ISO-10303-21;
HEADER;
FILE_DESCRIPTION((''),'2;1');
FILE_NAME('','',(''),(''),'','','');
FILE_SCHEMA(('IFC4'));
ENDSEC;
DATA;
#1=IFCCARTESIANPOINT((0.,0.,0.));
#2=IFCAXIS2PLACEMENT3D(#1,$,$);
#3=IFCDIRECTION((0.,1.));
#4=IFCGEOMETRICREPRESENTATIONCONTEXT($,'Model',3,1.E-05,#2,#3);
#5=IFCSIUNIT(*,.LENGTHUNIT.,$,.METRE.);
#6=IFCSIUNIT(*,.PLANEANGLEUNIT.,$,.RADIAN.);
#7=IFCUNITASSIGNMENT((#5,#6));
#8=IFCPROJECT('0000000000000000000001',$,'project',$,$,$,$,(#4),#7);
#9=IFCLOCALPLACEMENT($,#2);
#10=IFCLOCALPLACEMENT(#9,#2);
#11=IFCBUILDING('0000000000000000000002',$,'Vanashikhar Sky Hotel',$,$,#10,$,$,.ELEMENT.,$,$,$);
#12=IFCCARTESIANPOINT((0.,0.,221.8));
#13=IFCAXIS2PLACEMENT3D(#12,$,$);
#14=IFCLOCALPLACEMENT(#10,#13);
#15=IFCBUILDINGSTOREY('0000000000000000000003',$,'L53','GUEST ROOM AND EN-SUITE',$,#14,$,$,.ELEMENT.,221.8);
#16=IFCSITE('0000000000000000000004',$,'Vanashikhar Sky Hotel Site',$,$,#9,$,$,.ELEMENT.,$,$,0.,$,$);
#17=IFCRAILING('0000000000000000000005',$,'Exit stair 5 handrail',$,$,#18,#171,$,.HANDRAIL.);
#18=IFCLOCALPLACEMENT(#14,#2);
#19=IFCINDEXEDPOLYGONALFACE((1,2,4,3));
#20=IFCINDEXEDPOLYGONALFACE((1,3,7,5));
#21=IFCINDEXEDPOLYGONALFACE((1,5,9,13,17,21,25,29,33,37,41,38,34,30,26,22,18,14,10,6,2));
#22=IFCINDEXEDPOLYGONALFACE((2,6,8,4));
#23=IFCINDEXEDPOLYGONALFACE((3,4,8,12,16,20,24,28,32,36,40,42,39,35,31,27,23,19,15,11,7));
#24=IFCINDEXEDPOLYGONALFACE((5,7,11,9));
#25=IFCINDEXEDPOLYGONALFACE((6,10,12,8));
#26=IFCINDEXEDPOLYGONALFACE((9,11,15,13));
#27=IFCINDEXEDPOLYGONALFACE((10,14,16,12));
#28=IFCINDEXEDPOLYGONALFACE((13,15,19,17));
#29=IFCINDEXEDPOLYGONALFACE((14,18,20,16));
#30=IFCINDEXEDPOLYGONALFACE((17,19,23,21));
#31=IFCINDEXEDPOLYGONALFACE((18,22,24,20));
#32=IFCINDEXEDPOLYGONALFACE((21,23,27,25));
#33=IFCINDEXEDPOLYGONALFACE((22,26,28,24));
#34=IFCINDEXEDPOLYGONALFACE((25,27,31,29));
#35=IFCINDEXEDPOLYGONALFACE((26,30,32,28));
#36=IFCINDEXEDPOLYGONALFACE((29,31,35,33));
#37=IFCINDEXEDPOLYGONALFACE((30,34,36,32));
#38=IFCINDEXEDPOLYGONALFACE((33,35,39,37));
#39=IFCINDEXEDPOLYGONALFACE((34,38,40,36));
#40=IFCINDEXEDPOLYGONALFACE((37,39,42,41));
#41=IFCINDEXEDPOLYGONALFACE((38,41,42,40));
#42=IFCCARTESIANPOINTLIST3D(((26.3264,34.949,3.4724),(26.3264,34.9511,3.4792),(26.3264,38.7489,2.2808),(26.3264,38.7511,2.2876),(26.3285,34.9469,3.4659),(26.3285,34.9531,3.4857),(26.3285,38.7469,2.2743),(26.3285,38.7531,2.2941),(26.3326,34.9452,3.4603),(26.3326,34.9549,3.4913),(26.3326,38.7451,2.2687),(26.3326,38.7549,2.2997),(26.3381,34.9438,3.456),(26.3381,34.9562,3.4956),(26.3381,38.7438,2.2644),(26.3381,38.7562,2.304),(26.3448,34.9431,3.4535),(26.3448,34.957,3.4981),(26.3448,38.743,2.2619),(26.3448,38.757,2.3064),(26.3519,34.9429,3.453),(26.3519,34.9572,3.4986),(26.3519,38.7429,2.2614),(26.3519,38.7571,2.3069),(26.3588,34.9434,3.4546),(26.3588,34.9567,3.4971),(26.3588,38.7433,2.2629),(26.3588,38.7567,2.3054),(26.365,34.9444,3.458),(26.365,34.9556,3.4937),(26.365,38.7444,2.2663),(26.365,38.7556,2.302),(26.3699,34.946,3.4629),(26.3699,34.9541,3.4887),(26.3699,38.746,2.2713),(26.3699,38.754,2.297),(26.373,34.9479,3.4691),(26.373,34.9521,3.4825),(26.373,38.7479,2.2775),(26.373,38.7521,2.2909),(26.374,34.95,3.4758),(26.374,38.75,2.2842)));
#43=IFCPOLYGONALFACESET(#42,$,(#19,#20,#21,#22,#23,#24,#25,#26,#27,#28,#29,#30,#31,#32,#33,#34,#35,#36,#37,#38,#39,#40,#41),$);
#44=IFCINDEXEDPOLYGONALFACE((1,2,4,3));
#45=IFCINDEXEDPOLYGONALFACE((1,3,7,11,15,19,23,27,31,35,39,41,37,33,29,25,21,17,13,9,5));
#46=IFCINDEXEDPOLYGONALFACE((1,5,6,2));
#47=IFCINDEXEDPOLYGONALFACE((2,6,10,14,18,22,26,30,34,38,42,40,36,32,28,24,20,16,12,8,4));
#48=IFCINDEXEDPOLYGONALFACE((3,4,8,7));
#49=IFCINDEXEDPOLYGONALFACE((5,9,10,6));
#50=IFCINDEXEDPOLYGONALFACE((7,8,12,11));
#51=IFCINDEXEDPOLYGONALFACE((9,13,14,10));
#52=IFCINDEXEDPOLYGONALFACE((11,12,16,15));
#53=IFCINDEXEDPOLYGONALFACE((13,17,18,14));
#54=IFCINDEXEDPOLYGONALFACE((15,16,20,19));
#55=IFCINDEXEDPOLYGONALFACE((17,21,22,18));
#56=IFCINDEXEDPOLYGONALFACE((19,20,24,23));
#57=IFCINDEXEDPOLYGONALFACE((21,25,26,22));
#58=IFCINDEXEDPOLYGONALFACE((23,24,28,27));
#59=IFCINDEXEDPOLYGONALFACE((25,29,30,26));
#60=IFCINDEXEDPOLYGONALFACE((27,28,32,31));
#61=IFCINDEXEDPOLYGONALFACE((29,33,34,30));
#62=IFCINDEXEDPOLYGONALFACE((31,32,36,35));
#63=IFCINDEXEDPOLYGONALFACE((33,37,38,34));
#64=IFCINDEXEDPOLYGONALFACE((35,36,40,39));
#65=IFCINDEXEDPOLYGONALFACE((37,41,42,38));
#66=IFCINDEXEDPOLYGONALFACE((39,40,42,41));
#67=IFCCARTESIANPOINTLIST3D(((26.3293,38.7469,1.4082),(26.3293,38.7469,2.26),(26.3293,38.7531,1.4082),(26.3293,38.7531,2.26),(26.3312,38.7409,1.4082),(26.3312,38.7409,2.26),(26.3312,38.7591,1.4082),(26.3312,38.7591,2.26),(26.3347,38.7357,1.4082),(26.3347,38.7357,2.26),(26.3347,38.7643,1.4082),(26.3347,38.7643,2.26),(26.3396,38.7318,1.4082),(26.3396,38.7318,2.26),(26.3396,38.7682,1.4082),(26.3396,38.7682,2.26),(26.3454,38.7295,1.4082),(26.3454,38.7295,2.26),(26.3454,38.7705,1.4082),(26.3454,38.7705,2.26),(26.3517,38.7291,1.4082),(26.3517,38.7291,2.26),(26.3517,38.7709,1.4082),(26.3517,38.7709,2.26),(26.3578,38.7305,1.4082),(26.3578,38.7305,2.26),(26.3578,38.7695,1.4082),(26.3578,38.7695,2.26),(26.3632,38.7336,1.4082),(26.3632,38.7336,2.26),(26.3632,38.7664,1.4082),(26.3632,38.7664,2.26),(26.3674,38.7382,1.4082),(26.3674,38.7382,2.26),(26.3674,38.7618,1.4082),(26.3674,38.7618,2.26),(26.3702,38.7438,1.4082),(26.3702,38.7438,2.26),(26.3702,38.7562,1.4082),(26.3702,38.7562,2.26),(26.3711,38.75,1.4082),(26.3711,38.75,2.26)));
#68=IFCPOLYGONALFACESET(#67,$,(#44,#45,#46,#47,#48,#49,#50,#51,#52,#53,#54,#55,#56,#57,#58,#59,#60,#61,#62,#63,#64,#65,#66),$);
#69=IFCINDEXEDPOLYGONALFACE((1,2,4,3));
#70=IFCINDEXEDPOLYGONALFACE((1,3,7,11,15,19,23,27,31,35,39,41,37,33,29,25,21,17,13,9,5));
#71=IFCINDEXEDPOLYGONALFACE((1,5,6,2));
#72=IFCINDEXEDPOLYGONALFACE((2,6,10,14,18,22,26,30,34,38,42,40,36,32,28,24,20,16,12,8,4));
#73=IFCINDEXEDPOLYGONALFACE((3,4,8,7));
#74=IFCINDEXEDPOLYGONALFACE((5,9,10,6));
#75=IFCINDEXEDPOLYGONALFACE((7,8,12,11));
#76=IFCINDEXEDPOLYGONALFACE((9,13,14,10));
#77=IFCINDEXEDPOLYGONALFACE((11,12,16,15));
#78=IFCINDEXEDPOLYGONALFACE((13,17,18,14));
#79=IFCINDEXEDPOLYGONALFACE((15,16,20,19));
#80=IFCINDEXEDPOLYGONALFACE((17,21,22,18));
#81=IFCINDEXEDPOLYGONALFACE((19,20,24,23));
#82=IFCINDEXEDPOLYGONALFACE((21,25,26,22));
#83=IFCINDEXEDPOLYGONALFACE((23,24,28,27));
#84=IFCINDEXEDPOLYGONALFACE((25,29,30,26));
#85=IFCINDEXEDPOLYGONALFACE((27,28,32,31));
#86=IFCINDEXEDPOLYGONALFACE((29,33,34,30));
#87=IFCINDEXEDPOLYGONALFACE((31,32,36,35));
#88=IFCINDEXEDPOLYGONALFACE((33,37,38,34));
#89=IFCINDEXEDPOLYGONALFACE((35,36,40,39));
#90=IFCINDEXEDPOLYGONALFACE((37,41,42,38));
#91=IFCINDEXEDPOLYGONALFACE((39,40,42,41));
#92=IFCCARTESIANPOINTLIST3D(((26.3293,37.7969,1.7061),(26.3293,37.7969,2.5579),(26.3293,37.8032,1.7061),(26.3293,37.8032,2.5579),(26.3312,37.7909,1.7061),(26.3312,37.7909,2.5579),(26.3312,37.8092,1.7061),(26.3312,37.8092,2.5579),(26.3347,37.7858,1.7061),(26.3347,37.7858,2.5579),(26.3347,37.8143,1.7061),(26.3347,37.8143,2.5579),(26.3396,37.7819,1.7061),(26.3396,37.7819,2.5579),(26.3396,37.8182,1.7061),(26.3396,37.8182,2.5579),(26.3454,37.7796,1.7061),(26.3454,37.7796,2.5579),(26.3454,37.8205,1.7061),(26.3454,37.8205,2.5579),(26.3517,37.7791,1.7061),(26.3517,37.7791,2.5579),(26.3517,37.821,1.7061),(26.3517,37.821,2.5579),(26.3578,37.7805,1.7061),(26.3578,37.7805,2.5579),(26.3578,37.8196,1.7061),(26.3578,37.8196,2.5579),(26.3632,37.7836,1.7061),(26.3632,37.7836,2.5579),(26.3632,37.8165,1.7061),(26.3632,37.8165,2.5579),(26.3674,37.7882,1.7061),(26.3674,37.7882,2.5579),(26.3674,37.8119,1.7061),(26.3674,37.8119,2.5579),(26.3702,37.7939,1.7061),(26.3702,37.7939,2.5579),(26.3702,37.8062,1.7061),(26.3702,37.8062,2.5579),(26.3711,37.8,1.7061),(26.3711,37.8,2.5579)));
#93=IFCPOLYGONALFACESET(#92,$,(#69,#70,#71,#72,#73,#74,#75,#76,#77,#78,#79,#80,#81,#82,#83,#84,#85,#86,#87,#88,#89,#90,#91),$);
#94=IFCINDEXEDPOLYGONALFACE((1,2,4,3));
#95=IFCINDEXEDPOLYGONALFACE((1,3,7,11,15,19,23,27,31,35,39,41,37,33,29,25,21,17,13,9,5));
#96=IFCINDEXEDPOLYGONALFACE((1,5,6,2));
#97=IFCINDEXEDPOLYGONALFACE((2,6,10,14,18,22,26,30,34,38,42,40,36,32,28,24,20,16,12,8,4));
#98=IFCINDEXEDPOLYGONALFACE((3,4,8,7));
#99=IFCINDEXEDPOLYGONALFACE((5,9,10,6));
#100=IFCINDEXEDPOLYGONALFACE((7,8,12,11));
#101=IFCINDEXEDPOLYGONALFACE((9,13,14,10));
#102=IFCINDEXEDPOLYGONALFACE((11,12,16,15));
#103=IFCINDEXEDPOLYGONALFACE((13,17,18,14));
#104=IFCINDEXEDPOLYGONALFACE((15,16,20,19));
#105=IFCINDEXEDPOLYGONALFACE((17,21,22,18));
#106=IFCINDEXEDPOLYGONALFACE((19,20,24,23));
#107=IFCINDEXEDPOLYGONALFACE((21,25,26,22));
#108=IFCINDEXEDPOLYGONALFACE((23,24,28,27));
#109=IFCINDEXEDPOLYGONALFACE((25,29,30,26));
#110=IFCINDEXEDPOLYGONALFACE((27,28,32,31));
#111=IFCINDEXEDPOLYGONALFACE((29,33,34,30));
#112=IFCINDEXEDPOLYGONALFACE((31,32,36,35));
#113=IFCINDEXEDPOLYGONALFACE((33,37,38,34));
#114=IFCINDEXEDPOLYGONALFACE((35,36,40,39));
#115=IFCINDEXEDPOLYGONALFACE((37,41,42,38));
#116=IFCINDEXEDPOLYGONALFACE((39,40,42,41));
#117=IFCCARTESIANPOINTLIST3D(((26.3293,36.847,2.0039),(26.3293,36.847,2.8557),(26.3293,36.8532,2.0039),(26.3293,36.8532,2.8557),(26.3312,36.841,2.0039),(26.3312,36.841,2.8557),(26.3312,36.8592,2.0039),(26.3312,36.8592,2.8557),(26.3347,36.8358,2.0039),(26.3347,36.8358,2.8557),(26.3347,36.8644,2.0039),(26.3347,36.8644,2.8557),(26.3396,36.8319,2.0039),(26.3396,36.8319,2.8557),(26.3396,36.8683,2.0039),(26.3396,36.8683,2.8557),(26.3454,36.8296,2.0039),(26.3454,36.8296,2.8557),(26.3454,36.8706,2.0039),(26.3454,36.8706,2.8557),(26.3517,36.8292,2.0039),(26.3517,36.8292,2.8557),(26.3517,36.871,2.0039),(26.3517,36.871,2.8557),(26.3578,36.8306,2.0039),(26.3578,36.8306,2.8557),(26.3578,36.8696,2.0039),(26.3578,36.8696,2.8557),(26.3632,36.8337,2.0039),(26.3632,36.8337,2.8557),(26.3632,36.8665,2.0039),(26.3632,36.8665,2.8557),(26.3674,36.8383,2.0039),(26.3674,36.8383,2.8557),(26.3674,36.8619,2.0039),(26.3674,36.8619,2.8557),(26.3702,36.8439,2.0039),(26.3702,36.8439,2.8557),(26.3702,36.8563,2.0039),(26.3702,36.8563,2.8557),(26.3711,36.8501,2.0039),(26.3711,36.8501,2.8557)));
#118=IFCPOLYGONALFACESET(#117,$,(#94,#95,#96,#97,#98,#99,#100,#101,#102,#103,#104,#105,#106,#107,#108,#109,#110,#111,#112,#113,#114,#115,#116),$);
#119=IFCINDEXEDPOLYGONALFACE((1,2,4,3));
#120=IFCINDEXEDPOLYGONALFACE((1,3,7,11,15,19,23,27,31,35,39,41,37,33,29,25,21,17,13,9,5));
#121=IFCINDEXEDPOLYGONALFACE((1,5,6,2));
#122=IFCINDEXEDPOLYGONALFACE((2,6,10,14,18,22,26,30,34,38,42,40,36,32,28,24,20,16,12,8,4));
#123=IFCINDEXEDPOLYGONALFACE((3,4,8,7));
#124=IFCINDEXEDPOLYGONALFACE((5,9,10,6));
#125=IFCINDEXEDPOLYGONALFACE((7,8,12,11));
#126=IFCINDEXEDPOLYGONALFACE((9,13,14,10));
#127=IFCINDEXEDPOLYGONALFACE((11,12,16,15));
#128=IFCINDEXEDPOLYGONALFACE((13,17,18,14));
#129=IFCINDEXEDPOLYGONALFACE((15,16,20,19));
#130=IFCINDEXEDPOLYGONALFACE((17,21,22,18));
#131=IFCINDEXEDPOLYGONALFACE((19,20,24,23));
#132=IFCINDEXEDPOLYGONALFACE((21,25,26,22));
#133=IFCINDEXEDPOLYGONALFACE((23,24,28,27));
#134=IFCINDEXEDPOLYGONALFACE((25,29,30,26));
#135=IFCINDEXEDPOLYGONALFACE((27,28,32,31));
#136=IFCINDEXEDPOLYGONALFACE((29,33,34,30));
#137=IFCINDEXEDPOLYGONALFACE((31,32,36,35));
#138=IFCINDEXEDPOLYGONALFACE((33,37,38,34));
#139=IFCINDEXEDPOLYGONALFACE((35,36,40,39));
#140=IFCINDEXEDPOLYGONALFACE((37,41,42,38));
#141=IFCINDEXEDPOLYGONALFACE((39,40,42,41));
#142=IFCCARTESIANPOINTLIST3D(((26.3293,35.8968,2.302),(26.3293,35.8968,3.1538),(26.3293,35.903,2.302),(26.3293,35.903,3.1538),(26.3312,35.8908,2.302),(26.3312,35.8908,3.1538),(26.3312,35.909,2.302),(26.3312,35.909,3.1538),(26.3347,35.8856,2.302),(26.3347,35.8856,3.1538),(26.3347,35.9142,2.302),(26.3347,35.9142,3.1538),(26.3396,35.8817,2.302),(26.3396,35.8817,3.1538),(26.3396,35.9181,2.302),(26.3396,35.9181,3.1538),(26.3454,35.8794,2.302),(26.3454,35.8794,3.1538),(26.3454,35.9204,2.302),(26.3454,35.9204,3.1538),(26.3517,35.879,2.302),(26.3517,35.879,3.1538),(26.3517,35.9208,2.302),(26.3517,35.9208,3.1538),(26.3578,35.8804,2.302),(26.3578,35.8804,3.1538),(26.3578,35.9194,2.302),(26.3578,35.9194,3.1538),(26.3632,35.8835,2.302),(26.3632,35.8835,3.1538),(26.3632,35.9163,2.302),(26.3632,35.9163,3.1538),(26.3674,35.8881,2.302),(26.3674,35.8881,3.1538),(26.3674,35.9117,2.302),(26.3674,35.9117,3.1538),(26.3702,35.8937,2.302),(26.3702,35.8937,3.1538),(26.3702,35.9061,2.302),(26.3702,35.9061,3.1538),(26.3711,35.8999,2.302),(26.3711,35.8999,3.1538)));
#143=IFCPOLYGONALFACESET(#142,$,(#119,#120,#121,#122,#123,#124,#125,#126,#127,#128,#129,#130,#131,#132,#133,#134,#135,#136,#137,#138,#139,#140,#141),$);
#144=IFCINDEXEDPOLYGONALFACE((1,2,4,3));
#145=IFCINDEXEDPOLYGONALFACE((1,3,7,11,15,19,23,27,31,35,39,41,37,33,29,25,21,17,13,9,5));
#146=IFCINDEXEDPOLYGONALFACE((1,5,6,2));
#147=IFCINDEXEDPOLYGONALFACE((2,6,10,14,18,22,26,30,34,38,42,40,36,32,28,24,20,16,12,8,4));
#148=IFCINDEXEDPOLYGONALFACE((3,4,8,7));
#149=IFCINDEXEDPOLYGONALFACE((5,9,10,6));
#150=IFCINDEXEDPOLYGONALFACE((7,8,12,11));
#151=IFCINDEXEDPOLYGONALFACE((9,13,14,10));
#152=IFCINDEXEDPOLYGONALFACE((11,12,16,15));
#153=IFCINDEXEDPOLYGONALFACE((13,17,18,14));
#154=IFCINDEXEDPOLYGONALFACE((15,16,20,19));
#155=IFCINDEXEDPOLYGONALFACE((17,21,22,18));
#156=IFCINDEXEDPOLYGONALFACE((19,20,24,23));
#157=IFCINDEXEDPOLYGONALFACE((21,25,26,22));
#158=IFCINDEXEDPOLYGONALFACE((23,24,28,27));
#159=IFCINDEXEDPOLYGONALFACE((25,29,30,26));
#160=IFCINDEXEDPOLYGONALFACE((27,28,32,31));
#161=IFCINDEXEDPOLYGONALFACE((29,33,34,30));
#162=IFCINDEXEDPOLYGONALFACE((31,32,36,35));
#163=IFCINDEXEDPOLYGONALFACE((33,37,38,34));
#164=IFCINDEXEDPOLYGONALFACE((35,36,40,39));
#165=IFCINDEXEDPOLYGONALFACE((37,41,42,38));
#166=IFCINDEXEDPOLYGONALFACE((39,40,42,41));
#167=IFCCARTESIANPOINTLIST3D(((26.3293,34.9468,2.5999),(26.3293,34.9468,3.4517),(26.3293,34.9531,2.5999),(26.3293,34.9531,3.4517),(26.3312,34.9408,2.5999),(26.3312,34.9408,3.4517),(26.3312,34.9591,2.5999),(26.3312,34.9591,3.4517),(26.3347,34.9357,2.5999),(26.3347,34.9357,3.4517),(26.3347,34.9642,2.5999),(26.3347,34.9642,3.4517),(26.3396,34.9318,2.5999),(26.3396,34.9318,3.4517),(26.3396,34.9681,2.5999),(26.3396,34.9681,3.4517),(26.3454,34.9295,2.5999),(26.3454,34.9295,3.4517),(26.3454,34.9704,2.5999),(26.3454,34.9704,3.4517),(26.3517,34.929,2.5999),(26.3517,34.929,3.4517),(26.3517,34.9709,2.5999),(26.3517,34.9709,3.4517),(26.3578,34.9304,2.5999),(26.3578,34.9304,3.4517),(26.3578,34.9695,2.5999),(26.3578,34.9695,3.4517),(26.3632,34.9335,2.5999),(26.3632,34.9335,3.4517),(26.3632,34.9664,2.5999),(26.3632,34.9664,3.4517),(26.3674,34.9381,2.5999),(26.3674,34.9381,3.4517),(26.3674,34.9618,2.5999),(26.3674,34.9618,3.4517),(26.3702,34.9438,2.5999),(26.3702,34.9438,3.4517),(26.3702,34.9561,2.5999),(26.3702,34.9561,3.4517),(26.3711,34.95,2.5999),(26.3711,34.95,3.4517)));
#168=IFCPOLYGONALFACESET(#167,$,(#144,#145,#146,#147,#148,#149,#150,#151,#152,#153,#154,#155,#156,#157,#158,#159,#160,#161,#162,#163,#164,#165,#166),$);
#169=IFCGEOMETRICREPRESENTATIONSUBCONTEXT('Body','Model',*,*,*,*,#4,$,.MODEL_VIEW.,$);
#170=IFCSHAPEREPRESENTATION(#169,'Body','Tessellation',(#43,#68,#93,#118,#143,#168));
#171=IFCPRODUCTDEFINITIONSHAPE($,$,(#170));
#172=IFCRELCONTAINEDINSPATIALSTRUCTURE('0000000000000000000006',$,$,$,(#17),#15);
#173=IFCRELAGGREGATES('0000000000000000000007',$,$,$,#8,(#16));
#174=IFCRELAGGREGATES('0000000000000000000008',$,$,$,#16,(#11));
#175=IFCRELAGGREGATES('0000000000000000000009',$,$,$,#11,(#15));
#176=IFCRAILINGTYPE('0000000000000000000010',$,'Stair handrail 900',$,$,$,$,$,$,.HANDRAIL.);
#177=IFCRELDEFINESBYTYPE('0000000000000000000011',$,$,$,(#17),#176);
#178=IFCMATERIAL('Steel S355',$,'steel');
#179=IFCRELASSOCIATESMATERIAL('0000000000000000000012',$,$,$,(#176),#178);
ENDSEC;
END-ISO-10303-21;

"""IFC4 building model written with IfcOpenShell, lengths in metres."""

from ifc_helpers import new_model, si_unit, direction, frame, origin, origin_2d, place, context, subcontext, project, spatial, circle, extrude, source, transform, mapped, material, type_object, element, save


model = new_model("IFC4")

# Units and contexts
model_context = context("Model", 3, precision=1e-05, world=origin(), true_north=direction((0.0, 1.0)))
body_context = subcontext(model_context, "Body", "Model", "MODEL_VIEW")
ifc_project = project(units=[si_unit("LENGTHUNIT", "METRE"), si_unit("PLANEANGLEUNIT", "RADIAN")], contexts=[model_context])

# Site, building, storey
site_placement = place(None, origin())
site = spatial("IfcSite", under=ifc_project, at=site_placement, Name="Vanashikhar Sky Hotel Site", CompositionType="ELEMENT", RefElevation=0.0)
building_placement = place(site_placement, origin())
building = spatial("IfcBuilding", under=site, at=building_placement, Name="Vanashikhar Sky Hotel", CompositionType="ELEMENT")
storey_placement = place(building_placement, frame((0.0, 0.0, 221.8)))
storey = spatial("IfcBuildingStorey", under=building, at=storey_placement, Name="L53", Description="GUEST ROOM AND EN-SUITE", CompositionType="ELEMENT", Elevation=221.8)

# Railing
ifc_material_1 = material(Name="Steel S355", Category="steel")
railing_type_1 = type_object("IfcRailingType", Name="Stair handrail 900", PredefinedType="HANDRAIL", material=ifc_material_1)
shared_shape_1 = source(origin(), body_context, "Body", "SweptSolid", [
    extrude(circle(Radius=0.0239, at=origin_2d()), frame((0.0, 0.0, 0.876), z_axis=(0.0, -0.954184, 0.299221), x_axis=(1.0, 0.0, 0.0)), (0.0, 0.0, 1.0), 3.9824),
    extrude(circle(Radius=0.021, at=origin_2d()), origin(), (0.0, 0.0, 1.0), 0.8518),
    extrude(circle(Radius=0.021, at=origin_2d()), frame((0.0, -0.95, 0.2979)), (0.0, 0.0, 1.0), 0.8518),
    extrude(circle(Radius=0.021, at=origin_2d()), frame((0.0, -1.8999, 0.5957)), (0.0, 0.0, 1.0), 0.8518),
    extrude(circle(Radius=0.021, at=origin_2d()), frame((0.0, -2.8501, 0.8938)), (0.0, 0.0, 1.0), 0.8518),
    extrude(circle(Radius=0.021, at=origin_2d()), frame((0.0, -3.8, 1.1917)), (0.0, 0.0, 1.0), 0.8518),
])
railing_1_placement = place(storey_placement, frame((26.3501, 38.75, 1.4082)))
element("IfcRailing", 1, at=railing_1_placement, inside=storey, type_object=railing_type_1, Name="Exit stair 5 handrail", PredefinedType="HANDRAIL", context=body_context, shape_type="MappedRepresentation", body=[
    mapped(shared_shape_1, transform((0.0, 0.0, 0.0), scale=1.0)),
])

save(model, "model.ifc")
